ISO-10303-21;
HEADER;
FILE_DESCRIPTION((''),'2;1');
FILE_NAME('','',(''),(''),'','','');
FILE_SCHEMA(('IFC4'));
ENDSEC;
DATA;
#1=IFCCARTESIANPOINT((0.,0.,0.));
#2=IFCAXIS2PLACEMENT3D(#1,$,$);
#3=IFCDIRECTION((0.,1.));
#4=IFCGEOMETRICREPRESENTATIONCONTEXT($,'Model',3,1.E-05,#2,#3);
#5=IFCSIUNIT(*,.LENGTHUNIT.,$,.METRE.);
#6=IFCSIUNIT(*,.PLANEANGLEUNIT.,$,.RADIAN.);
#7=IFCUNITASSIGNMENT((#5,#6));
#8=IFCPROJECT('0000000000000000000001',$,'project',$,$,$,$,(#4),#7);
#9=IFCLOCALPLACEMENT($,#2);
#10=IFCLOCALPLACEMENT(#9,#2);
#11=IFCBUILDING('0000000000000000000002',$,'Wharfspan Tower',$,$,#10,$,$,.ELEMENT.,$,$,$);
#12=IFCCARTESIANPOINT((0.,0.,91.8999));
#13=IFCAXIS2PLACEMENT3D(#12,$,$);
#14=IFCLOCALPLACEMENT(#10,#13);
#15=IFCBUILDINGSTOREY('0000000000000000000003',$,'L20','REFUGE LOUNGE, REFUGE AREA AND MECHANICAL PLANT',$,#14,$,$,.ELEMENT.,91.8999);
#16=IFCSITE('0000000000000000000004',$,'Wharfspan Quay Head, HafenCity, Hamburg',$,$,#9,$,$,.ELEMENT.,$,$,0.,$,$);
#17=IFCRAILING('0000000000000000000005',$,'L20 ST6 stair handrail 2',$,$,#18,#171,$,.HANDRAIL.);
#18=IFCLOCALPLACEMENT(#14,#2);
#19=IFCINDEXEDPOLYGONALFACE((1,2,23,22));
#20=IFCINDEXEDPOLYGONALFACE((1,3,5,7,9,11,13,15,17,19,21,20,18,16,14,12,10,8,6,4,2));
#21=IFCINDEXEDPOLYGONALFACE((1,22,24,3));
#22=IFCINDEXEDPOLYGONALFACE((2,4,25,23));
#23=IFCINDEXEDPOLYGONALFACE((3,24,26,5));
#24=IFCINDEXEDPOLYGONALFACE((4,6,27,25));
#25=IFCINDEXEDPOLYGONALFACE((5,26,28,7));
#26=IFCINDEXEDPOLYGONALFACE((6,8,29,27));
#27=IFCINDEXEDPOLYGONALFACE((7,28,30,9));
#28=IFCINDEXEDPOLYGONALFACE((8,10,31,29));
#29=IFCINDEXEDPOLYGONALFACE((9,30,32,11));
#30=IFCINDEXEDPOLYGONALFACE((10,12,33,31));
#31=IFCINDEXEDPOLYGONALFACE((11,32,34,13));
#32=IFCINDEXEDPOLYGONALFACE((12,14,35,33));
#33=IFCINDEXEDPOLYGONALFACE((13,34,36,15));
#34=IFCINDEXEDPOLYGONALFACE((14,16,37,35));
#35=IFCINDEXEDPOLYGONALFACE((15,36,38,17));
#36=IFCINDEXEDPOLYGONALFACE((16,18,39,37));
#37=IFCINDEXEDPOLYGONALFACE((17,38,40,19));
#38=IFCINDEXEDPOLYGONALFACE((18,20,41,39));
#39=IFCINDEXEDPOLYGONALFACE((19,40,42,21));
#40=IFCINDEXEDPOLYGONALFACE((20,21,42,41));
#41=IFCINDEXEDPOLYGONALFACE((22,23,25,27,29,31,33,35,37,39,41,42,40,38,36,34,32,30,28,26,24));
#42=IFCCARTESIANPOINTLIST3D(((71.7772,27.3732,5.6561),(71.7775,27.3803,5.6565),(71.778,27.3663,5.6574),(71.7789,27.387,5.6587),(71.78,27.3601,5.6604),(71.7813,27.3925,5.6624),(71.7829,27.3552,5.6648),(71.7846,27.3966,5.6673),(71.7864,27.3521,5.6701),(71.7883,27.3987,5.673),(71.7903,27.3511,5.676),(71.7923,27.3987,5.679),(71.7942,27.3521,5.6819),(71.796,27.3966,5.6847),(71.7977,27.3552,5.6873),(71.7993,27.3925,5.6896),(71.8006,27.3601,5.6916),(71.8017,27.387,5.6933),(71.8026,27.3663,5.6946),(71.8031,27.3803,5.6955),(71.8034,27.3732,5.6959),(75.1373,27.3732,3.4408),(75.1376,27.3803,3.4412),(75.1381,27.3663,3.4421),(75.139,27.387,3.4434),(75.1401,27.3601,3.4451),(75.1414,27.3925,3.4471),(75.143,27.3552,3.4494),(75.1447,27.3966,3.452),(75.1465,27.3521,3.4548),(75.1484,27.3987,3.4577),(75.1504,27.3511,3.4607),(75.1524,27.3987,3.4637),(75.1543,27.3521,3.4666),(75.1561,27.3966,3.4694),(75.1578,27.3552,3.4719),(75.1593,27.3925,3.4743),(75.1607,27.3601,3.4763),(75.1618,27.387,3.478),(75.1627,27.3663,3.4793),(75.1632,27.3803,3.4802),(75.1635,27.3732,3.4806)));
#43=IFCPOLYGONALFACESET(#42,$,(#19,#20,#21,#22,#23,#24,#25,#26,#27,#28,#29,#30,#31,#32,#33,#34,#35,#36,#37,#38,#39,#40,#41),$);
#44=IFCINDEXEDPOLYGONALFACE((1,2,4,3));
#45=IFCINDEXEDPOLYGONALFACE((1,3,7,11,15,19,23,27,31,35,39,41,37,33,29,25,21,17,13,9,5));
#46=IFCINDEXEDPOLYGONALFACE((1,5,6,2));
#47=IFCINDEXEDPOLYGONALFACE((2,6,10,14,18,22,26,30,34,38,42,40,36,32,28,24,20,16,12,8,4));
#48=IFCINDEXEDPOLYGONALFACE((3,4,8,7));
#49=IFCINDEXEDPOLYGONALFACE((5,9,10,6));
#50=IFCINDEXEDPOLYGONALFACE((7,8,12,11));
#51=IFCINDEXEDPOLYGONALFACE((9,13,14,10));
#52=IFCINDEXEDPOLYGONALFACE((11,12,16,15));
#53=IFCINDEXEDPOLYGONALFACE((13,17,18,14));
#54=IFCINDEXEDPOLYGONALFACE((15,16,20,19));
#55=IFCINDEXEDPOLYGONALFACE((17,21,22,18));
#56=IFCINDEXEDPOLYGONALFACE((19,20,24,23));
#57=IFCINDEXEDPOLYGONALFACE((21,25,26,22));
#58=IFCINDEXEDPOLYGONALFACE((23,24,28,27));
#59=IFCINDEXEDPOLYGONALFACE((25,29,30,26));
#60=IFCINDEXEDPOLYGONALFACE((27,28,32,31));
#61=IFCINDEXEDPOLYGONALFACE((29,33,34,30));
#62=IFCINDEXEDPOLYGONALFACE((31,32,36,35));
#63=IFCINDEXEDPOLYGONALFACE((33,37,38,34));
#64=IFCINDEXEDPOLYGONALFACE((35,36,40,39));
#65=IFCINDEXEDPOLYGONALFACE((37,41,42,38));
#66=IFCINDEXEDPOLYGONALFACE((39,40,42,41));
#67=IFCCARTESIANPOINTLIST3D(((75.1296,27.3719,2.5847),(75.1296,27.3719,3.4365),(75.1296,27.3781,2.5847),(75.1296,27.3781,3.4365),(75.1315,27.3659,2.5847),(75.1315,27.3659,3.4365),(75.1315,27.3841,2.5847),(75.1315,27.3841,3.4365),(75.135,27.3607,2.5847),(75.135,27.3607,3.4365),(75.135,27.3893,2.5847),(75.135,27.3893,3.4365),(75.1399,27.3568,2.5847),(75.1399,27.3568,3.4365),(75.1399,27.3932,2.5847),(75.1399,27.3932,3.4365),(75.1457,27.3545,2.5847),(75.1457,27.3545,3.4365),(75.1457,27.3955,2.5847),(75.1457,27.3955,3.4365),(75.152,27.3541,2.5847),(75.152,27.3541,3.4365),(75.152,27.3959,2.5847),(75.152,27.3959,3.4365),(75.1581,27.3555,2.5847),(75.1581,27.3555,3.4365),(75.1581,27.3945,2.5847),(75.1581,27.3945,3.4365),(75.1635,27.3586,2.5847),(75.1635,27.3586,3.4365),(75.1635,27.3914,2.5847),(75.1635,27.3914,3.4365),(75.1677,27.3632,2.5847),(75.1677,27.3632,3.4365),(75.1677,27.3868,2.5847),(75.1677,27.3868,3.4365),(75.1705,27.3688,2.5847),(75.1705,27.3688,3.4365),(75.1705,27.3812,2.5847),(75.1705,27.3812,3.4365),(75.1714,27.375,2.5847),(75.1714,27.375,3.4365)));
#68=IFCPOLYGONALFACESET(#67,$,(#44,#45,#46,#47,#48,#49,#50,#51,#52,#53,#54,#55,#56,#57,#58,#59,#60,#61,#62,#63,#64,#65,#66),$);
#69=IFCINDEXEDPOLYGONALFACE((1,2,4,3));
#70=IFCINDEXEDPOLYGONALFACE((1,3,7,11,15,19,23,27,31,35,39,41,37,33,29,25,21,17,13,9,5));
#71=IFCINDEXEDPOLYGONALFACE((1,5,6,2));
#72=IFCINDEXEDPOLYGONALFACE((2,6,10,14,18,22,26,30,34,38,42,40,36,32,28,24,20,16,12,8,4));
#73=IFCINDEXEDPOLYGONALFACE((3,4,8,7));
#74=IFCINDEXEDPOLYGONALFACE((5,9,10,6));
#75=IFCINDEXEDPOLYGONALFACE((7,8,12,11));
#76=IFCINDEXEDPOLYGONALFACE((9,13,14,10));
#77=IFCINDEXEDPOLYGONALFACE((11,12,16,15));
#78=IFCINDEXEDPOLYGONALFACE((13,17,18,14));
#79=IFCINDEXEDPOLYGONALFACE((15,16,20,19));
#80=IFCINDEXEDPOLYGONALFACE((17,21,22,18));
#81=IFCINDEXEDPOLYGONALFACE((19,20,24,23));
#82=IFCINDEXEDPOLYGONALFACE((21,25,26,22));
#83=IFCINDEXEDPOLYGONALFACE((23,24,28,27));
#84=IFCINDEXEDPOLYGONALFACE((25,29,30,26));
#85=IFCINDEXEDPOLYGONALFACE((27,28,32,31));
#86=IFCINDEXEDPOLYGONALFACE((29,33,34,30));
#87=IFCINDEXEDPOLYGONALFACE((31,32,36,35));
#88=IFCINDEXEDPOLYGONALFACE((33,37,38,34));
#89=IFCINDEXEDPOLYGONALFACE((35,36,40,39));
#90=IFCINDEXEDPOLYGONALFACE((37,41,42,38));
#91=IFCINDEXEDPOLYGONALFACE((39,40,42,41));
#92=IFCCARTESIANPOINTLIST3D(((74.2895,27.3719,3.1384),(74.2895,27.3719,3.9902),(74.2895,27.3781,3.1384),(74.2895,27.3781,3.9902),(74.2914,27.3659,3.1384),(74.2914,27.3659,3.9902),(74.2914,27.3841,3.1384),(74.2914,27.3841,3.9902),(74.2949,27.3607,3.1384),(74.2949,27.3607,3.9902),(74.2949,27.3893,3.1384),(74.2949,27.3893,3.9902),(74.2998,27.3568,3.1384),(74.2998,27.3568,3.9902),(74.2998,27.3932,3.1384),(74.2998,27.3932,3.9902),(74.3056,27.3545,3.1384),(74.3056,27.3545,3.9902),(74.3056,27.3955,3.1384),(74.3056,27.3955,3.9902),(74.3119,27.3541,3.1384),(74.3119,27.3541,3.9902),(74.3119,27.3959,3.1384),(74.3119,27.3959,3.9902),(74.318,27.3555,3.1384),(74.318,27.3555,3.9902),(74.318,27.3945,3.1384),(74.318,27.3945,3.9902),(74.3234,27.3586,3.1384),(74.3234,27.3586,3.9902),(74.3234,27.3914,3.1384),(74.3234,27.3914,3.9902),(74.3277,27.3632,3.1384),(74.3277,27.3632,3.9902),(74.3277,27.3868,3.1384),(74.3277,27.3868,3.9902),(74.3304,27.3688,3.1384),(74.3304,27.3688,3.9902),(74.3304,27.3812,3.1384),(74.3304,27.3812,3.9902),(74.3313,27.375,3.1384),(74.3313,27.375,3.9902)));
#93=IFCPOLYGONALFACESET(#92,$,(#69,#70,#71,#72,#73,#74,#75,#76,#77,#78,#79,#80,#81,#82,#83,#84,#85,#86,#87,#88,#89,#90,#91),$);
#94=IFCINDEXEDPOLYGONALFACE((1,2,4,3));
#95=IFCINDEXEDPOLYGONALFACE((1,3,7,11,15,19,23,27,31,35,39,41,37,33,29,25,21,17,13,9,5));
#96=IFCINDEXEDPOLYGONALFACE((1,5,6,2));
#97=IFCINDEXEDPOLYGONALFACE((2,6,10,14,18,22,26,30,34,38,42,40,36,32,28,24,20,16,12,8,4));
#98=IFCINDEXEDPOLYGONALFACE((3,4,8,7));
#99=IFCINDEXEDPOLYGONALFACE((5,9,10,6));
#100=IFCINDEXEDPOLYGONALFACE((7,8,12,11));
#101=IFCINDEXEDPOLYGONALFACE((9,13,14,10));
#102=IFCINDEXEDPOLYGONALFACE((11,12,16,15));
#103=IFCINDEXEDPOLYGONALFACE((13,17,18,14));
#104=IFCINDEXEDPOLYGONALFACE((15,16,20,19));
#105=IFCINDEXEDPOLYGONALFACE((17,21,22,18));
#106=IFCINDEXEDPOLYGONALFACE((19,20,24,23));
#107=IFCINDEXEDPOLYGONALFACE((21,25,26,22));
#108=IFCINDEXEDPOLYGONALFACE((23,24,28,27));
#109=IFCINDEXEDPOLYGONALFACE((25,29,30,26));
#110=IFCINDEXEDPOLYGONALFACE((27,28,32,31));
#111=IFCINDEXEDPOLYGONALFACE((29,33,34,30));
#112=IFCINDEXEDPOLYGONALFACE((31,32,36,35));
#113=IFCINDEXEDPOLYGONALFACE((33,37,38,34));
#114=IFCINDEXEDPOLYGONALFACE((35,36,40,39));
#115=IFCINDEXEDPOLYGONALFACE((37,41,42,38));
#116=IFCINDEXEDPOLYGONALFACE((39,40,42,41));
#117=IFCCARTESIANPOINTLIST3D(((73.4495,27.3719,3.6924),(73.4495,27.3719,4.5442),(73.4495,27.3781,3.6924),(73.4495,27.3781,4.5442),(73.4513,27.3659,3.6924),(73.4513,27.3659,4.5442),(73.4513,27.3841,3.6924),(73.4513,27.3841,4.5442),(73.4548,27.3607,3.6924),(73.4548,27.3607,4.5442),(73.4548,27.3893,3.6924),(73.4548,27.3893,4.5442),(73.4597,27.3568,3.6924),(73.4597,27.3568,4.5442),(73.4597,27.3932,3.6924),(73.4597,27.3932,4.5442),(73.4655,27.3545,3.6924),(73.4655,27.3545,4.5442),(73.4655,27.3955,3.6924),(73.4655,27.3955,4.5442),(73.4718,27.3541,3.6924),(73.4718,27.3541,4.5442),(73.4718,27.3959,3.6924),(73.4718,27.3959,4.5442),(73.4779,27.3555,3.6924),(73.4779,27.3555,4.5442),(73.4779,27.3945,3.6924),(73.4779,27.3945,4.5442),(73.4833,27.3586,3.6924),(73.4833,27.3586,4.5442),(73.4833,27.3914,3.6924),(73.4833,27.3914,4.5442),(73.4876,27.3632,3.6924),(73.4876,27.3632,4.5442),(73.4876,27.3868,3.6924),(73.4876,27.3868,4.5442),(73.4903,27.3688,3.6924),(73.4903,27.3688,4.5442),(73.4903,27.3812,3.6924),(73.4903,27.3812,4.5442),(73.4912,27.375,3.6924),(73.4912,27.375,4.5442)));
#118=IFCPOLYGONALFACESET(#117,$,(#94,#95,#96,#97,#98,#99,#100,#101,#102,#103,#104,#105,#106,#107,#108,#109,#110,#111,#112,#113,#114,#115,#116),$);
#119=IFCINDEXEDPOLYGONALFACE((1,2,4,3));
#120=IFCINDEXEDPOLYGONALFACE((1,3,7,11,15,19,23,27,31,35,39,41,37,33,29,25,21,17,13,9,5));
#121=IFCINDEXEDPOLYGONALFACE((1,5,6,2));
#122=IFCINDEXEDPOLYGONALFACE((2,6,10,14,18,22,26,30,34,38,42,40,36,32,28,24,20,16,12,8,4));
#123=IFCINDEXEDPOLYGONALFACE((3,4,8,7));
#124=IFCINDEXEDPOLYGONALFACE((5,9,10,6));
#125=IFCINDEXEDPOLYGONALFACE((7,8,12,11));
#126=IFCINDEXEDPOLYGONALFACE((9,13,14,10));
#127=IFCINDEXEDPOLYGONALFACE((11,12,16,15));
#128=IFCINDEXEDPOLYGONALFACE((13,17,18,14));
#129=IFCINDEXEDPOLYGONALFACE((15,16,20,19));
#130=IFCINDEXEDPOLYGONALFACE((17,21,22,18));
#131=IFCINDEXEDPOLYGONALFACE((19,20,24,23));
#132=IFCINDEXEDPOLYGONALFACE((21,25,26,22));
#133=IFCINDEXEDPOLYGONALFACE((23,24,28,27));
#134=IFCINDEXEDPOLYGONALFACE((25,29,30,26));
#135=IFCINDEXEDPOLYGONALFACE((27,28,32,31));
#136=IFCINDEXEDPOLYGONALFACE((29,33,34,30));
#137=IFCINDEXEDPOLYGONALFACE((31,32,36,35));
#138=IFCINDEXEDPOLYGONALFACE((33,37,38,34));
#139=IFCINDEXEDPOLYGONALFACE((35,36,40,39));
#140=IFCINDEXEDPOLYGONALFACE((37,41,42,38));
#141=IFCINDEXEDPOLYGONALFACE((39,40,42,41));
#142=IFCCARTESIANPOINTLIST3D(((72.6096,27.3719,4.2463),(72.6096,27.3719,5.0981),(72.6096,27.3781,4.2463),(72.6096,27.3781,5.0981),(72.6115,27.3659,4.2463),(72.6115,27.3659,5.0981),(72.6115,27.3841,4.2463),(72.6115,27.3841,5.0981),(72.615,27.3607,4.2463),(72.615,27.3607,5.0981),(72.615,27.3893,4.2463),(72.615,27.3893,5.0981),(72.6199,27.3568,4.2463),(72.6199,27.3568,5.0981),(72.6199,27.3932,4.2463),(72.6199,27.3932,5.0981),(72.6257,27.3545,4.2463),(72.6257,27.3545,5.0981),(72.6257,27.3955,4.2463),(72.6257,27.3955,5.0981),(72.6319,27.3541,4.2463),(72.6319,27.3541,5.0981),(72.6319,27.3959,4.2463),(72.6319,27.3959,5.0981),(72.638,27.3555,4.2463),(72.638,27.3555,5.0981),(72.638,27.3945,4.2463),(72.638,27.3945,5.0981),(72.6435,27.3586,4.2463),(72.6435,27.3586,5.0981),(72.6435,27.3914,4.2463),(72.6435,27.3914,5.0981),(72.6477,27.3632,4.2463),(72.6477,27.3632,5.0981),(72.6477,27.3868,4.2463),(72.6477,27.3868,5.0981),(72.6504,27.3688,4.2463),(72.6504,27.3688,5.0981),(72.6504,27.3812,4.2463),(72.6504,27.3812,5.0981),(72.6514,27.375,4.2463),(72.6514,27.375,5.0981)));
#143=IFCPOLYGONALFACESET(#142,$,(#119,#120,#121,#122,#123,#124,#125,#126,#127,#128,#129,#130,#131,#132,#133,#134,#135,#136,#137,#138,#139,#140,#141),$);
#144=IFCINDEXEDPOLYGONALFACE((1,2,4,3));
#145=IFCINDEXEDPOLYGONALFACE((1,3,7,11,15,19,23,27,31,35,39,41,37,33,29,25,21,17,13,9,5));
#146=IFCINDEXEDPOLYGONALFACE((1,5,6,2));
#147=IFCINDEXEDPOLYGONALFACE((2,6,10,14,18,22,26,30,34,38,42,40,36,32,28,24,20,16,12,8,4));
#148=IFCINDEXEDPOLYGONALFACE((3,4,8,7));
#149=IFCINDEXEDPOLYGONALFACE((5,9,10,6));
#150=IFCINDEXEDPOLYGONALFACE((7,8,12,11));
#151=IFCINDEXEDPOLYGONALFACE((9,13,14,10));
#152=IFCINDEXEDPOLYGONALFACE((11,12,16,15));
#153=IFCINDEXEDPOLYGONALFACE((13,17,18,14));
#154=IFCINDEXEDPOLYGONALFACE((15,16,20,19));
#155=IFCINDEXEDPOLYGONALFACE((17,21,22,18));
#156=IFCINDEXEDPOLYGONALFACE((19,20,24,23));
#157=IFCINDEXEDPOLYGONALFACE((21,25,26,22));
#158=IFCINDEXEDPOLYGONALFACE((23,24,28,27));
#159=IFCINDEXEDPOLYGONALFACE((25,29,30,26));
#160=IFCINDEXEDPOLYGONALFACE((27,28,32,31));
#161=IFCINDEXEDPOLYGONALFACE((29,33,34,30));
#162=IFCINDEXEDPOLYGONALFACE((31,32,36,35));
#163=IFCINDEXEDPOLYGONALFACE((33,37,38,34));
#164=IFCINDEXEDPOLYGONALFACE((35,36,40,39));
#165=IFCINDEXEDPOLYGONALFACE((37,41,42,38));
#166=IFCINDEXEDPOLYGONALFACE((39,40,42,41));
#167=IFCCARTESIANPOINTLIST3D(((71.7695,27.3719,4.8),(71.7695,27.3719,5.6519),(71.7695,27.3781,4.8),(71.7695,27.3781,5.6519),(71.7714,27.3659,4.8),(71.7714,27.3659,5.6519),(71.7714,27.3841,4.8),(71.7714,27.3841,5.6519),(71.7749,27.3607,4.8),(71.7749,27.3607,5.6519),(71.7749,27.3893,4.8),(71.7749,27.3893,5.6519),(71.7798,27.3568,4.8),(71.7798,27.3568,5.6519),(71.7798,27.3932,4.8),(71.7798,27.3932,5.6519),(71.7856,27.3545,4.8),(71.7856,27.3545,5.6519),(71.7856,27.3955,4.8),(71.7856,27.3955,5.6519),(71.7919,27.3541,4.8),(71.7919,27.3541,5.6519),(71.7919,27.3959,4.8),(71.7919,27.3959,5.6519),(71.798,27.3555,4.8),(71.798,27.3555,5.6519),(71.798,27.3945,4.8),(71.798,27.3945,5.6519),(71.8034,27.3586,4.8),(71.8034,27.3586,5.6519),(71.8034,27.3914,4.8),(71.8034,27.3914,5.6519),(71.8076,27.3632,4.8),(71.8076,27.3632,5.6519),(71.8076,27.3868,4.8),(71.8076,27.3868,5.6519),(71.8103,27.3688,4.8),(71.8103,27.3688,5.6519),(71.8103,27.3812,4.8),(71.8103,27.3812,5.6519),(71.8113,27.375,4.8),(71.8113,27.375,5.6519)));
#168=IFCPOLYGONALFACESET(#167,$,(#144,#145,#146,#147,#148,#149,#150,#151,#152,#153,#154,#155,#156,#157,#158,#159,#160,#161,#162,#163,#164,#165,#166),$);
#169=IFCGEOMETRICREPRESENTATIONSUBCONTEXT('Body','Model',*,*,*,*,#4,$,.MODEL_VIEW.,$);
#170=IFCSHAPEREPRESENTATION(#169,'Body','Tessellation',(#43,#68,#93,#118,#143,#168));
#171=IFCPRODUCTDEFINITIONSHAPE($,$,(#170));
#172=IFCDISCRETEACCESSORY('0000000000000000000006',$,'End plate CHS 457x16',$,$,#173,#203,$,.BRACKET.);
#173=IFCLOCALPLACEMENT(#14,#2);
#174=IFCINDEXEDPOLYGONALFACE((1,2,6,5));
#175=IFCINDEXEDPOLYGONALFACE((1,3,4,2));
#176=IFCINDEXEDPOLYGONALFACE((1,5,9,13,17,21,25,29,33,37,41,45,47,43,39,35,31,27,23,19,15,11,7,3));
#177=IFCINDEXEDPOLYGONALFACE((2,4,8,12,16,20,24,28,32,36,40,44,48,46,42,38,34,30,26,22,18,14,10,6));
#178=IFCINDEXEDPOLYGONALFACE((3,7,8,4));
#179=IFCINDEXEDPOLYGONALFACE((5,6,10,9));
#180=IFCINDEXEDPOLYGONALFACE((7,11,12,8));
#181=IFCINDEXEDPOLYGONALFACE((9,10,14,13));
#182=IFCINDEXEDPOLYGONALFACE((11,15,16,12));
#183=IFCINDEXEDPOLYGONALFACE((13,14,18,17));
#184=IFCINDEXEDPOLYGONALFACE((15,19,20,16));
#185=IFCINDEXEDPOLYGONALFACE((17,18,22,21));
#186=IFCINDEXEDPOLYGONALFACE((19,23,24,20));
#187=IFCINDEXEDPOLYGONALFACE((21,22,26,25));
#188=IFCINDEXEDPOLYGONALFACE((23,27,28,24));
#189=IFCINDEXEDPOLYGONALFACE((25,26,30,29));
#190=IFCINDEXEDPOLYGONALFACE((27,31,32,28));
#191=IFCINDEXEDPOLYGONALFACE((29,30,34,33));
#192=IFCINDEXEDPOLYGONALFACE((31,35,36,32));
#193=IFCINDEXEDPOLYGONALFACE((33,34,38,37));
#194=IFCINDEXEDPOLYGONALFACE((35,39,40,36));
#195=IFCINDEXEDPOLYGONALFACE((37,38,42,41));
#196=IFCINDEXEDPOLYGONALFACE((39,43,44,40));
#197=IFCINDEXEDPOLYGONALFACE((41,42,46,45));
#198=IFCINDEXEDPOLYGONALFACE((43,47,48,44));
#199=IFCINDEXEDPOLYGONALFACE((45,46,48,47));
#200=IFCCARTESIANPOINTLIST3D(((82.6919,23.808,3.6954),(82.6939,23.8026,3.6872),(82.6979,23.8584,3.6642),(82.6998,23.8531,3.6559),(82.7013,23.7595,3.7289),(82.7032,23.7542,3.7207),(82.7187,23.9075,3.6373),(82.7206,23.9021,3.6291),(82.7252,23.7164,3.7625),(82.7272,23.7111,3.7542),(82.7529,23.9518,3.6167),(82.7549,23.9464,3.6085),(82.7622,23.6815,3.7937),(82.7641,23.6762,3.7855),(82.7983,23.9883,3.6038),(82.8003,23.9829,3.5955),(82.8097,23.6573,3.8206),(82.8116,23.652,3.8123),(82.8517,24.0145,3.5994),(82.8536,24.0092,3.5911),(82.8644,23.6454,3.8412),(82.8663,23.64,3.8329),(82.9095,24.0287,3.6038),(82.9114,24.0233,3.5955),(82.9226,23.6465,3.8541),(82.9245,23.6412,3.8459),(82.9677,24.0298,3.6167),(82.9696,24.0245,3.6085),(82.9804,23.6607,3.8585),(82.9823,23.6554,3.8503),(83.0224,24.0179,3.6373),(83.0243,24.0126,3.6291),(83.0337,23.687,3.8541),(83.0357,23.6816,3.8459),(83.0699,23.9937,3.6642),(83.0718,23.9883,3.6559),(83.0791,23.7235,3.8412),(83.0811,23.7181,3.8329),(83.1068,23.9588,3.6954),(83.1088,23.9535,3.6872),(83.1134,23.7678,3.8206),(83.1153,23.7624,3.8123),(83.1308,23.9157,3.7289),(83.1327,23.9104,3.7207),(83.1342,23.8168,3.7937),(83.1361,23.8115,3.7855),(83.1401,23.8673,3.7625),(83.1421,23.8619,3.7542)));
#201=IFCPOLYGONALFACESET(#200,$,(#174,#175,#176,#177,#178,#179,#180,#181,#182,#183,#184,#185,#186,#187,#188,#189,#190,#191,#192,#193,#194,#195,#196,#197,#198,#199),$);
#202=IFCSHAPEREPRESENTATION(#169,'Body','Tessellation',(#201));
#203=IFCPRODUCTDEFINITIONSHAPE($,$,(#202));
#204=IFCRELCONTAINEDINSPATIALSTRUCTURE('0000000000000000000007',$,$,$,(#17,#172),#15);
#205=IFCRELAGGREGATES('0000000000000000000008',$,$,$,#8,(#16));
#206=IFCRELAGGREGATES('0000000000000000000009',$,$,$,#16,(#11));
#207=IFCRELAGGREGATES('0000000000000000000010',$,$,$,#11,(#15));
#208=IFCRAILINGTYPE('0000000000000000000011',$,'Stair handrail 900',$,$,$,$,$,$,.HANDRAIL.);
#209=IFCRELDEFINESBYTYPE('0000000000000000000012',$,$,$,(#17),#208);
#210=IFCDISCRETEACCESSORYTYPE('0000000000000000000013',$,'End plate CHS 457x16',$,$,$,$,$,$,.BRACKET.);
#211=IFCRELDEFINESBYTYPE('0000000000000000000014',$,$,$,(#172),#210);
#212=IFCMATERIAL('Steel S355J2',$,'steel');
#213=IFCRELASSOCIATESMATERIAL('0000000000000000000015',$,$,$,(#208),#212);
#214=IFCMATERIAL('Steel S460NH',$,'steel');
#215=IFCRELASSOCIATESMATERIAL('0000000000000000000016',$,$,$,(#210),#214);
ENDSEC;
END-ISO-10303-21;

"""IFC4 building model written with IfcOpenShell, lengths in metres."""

from ifc_helpers import new_model, si_unit, direction, frame, origin, origin_2d, place, context, subcontext, project, spatial, circle, extrude, material, material_profile, profile_set, type_object, element, save


model = new_model("IFC4")

# Units and contexts
model_context = context("Model", 3, precision=1e-05, world=origin(), true_north=direction((0.0, 1.0)))
body_context = subcontext(model_context, "Body", "Model", "MODEL_VIEW")
ifc_project = project(units=[si_unit("LENGTHUNIT", "METRE"), si_unit("PLANEANGLEUNIT", "RADIAN")], contexts=[model_context])

# Site, building, storey
site_placement = place(None, origin())
site = spatial("IfcSite", under=ifc_project, at=site_placement, Name="Wharfspan Quay Head, HafenCity, Hamburg", CompositionType="ELEMENT", RefElevation=0.0)
building_placement = place(site_placement, origin())
building = spatial("IfcBuilding", under=site, at=building_placement, Name="Wharfspan Tower", CompositionType="ELEMENT")
storey_placement = place(building_placement, frame((0.0, 0.0, 91.8999)))
storey = spatial("IfcBuildingStorey", under=building, at=storey_placement, Name="L20", Description="REFUGE LOUNGE, REFUGE AREA AND MECHANICAL PLANT", CompositionType="ELEMENT", Elevation=91.8999)

# Shared definitions
ifc_material_1 = material(Name="Steel S355J2", Category="steel")

# Shared definitions
ifc_material_2 = material(Name="Steel S460NH", Category="steel")

# Railing
railing_type_1 = type_object("IfcRailingType", Name="Stair handrail 900", PredefinedType="HANDRAIL", material=ifc_material_1)
railing_1_placement = place(storey_placement, frame((75.1504, 27.375, 2.5847)))
element("IfcRailing", 1, at=railing_1_placement, inside=storey, type_object=railing_type_1, Name="L20 ST6 stair handrail 2", PredefinedType="HANDRAIL", context=body_context, shape_type="SweptSolid", body=[
    extrude(circle(Radius=0.0239, at=origin_2d()), frame((0.0, 0.0, 0.876), z_axis=(-0.834876, 0.0, 0.550437), x_axis=(0.0, -1.0, 0.0)), (0.0, 0.0, 1.0), 4.0247),
    extrude(circle(Radius=0.021, at=origin_2d()), origin(), (0.0, 0.0, 1.0), 0.8518),
    extrude(circle(Radius=0.021, at=origin_2d()), frame((-0.8401, 0.0, 0.5537)), (0.0, 0.0, 1.0), 0.8518),
    extrude(circle(Radius=0.021, at=origin_2d()), frame((-1.6802, 0.0, 1.1077)), (0.0, 0.0, 1.0), 0.8518),
    extrude(circle(Radius=0.021, at=origin_2d()), frame((-2.52, 0.0, 1.6616)), (0.0, 0.0, 1.0), 0.8518),
    extrude(circle(Radius=0.021, at=origin_2d()), frame((-3.3601, 0.0, 2.2153)), (0.0, 0.0, 1.0), 0.8518),
])

# Discrete accessory
ifc_material_profile_1 = material_profile(ifc_material_2, circle(Radius=0.2285, at=origin_2d()))
ifc_profile_set_1 = profile_set([ifc_material_profile_1], Name="Steel S460NH")
discrete_accessory_type_1 = type_object("IfcDiscreteAccessoryType", Name="End plate CHS 457x16", PredefinedType="BRACKET", material=ifc_profile_set_1)
for number, where, z_axis, x_axis, name in (
    (2, (82.918, 23.8323, 3.7207), (-0.193801, 0.532952, 0.823653), (-0.939792, -0.341743, 0.0), "End plate CHS 457x16"),
):
    element("IfcDiscreteAccessory", number, at=place(storey_placement, frame(where, z_axis=z_axis, x_axis=x_axis)), inside=storey, type_object=discrete_accessory_type_1, Name=name, PredefinedType="BRACKET", context=body_context, shape_type="SweptSolid", body=[
        extrude(circle(Radius=0.2285, at=origin_2d()), origin(), (0.0, 0.0, 1.0), 0.01),
    ])

save(model, "model.ifc")
